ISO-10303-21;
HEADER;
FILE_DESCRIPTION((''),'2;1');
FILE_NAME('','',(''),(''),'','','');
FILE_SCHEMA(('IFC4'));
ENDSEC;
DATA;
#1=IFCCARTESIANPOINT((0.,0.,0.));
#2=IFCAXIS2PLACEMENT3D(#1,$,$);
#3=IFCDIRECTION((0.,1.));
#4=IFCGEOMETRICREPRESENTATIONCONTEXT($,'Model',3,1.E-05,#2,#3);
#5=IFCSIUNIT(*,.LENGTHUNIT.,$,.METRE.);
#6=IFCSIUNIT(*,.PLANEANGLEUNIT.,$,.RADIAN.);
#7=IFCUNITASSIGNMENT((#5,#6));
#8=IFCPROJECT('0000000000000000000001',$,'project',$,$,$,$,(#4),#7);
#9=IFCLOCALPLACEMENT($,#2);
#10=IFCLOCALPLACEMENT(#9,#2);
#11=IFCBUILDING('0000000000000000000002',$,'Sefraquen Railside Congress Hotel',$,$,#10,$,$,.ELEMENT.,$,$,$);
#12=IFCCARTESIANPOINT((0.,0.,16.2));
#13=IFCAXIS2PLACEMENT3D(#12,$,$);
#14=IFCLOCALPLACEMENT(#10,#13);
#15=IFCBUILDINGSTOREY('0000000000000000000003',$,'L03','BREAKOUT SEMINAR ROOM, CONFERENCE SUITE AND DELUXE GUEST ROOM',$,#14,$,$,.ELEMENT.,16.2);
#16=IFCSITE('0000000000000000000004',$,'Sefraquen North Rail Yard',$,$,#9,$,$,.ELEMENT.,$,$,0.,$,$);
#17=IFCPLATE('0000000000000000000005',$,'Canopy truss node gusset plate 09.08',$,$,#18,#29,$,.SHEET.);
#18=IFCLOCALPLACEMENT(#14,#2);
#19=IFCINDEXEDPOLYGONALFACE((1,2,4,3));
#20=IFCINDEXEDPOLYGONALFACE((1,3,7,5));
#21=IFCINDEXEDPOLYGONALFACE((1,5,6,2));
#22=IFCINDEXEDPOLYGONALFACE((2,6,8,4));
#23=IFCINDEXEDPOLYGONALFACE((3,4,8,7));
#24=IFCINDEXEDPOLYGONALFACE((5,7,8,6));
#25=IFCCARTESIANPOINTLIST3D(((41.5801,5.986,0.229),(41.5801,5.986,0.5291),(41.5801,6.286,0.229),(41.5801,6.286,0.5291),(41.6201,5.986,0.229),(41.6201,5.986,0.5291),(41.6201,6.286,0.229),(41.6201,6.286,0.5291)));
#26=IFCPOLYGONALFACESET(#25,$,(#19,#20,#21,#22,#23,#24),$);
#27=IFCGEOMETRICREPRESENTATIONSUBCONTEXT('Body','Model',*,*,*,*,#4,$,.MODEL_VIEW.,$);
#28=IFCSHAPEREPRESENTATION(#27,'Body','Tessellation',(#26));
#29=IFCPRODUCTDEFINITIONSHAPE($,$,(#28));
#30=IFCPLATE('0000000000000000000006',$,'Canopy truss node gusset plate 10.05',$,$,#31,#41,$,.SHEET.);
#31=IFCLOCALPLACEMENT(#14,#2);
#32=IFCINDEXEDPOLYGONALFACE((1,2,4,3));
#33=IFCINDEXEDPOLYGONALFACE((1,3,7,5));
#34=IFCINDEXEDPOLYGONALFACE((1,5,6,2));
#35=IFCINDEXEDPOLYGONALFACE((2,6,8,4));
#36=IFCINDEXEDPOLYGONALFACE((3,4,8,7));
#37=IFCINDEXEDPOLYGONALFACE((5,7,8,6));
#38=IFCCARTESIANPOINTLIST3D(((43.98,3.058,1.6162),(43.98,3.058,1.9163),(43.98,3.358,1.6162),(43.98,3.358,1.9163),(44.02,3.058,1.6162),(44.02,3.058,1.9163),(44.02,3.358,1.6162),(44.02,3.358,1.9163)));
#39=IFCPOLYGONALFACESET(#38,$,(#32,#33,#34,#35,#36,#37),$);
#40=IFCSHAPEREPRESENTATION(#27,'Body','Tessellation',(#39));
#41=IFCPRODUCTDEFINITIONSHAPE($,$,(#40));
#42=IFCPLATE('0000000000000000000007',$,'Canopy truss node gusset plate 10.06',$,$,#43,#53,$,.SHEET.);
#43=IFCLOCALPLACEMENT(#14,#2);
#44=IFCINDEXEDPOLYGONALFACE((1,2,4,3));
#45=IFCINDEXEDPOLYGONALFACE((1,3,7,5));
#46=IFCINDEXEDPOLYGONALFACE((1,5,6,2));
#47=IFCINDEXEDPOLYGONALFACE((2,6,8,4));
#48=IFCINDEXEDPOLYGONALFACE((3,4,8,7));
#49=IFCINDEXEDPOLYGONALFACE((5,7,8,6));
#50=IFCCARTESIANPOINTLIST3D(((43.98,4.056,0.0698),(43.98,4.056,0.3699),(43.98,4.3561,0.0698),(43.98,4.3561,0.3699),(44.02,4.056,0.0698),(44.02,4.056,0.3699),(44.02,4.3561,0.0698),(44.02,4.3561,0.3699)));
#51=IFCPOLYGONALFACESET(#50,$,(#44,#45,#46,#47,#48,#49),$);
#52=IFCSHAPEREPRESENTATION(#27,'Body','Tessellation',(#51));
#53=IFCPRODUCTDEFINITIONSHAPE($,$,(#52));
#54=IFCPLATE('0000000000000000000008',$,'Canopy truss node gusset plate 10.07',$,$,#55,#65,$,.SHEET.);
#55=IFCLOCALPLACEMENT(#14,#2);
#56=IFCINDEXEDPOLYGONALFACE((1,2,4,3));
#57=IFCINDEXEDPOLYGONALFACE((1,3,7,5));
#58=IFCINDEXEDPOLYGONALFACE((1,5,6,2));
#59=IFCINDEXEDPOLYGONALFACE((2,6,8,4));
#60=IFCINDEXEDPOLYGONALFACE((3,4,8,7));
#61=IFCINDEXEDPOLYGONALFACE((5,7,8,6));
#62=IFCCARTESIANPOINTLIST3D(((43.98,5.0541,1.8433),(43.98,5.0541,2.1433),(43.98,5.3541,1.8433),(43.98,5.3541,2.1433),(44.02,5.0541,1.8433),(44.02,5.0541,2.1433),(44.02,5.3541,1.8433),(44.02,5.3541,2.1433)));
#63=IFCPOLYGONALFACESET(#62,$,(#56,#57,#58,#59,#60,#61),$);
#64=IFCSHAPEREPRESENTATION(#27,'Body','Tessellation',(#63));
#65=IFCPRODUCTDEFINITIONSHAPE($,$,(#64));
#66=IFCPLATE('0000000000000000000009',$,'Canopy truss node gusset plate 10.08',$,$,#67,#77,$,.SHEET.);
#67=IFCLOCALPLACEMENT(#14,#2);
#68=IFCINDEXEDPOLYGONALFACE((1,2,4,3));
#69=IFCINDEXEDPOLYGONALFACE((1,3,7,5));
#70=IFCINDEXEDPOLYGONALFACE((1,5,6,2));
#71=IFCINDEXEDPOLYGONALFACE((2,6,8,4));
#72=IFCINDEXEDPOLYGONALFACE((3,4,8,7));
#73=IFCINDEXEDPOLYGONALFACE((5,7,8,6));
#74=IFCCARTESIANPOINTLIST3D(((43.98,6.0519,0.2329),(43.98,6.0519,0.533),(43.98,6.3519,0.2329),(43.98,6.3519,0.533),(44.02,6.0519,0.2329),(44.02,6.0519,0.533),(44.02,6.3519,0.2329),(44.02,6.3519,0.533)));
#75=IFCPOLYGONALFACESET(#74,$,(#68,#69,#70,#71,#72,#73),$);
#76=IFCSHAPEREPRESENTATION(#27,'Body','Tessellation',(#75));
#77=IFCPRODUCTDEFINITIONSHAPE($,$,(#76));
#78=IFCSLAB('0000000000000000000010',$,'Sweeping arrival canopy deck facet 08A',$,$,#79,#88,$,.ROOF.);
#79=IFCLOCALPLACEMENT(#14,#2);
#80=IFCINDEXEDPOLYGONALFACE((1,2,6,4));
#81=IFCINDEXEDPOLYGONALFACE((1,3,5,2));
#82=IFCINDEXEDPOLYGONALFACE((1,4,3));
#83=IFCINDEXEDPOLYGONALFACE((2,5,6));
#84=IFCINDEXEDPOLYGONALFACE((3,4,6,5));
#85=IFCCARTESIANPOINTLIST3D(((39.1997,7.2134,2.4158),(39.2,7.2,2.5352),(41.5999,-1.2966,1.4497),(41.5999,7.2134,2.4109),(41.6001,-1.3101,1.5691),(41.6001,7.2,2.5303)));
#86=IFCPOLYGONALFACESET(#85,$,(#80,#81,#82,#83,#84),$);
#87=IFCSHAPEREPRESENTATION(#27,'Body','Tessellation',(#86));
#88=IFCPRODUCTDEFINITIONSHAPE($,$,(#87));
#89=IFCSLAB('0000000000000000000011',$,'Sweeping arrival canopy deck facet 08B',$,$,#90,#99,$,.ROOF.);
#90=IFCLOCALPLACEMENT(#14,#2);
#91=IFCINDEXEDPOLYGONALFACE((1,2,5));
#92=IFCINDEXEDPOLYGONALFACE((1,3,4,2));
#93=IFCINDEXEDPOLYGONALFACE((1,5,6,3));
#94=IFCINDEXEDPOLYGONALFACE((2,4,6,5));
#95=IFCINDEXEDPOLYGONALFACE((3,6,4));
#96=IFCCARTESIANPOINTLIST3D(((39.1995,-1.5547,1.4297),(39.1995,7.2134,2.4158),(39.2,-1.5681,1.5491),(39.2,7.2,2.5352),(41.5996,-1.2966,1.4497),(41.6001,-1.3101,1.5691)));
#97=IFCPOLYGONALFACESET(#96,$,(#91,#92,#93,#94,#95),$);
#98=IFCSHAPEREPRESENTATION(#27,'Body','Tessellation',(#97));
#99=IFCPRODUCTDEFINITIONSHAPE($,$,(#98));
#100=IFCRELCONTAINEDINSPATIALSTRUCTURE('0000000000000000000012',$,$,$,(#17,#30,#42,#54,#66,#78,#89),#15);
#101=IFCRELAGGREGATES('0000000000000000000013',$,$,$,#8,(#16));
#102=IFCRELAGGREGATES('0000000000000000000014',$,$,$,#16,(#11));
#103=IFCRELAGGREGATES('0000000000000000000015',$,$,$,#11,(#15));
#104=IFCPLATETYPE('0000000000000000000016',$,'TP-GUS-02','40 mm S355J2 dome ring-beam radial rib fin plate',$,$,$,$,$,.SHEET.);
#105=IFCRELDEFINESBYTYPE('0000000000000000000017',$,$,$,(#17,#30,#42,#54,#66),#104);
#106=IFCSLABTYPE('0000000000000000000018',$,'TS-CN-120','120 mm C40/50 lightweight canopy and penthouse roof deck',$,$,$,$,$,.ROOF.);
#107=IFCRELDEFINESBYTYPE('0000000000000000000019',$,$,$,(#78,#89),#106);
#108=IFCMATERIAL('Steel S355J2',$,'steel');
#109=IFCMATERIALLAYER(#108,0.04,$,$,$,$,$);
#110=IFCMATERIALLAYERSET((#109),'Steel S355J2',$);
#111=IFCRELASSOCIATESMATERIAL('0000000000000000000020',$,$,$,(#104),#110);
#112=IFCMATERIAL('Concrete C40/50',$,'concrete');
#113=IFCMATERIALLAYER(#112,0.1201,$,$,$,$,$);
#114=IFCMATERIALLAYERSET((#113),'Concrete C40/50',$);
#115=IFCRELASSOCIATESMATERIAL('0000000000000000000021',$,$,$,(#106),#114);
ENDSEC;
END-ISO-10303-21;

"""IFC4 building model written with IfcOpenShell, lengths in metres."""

from ifc_helpers import new_model, si_unit, direction, frame, origin, origin_2d, place, context, subcontext, project, spatial, polyline, rectangle, outline, extrude, material, layer, layer_set, type_object, element, save


model = new_model("IFC4")

# Units and contexts
model_context = context("Model", 3, precision=1e-05, world=origin(), true_north=direction((0.0, 1.0)))
body_context = subcontext(model_context, "Body", "Model", "MODEL_VIEW")
ifc_project = project(units=[si_unit("LENGTHUNIT", "METRE"), si_unit("PLANEANGLEUNIT", "RADIAN")], contexts=[model_context])

# Site, building, storey
site_placement = place(None, origin())
site = spatial("IfcSite", under=ifc_project, at=site_placement, Name="Sefraquen North Rail Yard", CompositionType="ELEMENT", RefElevation=0.0)
building_placement = place(site_placement, origin())
building = spatial("IfcBuilding", under=site, at=building_placement, Name="Sefraquen Railside Congress Hotel", CompositionType="ELEMENT")
storey_placement = place(building_placement, frame((0.0, 0.0, 16.2)))
storey = spatial("IfcBuildingStorey", under=building, at=storey_placement, Name="L03", Description="BREAKOUT SEMINAR ROOM, CONFERENCE SUITE AND DELUXE GUEST ROOM", CompositionType="ELEMENT", Elevation=16.2)

# Shared definitions
ifc_material_1 = material(Name="Steel S355J2", Category="steel")

# Plates
ifc_layer_1 = layer(ifc_material_1, 0.04)
ifc_layer_set_1 = layer_set([ifc_layer_1], Name="Steel S355J2")
plate_type = type_object("IfcPlateType", Name="TP-GUS-02", Description="40 mm S355J2 dome ring-beam radial rib fin plate", PredefinedType="SHEET", material=ifc_layer_set_1)
for number, where, z_axis, x_axis, name in (
    (1, (41.6001, 6.136, 0.229), (0.0, 0.0, 1.0), (1.0, 0.0, 0.0), "Canopy truss node gusset plate 09.08"),
    (2, (44.0, 3.208, 1.6162), (0.0, 0.0, 1.0), (1.0, 0.0, 0.0), "Canopy truss node gusset plate 10.05"),
    (3, (44.0, 4.2061, 0.0698), (0.0, 0.0, 1.0), (1.0, 0.0, 0.0), "Canopy truss node gusset plate 10.06"),
    (4, (44.0, 5.2041, 1.8433), (0.0, 0.0, 1.0), (1.0, 0.0, 0.0), "Canopy truss node gusset plate 10.07"),
    (5, (44.0, 6.2019, 0.2329), (0.0, 0.0, 1.0), (1.0, 0.0, 0.0), "Canopy truss node gusset plate 10.08"),
):
    element("IfcPlate", number, at=place(storey_placement, frame(where, z_axis=z_axis, x_axis=x_axis)), inside=storey, type_object=plate_type, Name=name, PredefinedType="SHEET", context=body_context, shape_type="SweptSolid", body=[
        extrude(rectangle(XDim=0.04, YDim=0.3, at=origin_2d()), origin(), (0.0, 0.0, 1.0), 0.3),
    ])

# Slabs
ifc_material_2 = material(Name="Concrete C40/50", Category="concrete")
ifc_layer_2 = layer(ifc_material_2, 0.1201)
ifc_layer_set_2 = layer_set([ifc_layer_2], Name="Concrete C40/50")
slab_type = type_object("IfcSlabType", Name="TS-CN-120", Description="120 mm C40/50 lightweight canopy and penthouse roof deck", PredefinedType="ROOF", material=ifc_layer_set_2)
slab_1_placement = place(storey_placement, frame((39.2, 7.2, 2.5352), z_axis=(0.002022, -0.112233, 0.99368), x_axis=(0.999998, 0.0, -0.002034)))
element("IfcSlab", 6, at=slab_1_placement, inside=storey, type_object=slab_type, Name="Sweeping arrival canopy deck facet 08A", PredefinedType="ROOF", context=body_context, shape_type="SweptSolid", body=[
    extrude(outline(polyline([(0.0, 0.0), (2.4002, 0.0), (2.4021, -8.5641), (0.0, 0.0)])), origin(), (0.0, 0.0, -1.0), 0.1201),
])
slab_2_placement = place(storey_placement, frame((39.2, 7.2, 2.5352), z_axis=(0.003727, -0.111758, 0.993728), x_axis=(0.269843, -0.956759, -0.108612)))
element("IfcSlab", 7, at=slab_2_placement, inside=storey, type_object=slab_type, Name="Sweeping arrival canopy deck facet 08B", PredefinedType="ROOF", context=body_context, shape_type="SweptSolid", body=[
    extrude(outline(polyline([(0.0, 0.0), (8.8946, 0.0), (8.496, -2.3809), (0.0, 0.0)])), origin(), (0.0, 0.0, -1.0), 0.1201),
])

save(model, "model.ifc")
